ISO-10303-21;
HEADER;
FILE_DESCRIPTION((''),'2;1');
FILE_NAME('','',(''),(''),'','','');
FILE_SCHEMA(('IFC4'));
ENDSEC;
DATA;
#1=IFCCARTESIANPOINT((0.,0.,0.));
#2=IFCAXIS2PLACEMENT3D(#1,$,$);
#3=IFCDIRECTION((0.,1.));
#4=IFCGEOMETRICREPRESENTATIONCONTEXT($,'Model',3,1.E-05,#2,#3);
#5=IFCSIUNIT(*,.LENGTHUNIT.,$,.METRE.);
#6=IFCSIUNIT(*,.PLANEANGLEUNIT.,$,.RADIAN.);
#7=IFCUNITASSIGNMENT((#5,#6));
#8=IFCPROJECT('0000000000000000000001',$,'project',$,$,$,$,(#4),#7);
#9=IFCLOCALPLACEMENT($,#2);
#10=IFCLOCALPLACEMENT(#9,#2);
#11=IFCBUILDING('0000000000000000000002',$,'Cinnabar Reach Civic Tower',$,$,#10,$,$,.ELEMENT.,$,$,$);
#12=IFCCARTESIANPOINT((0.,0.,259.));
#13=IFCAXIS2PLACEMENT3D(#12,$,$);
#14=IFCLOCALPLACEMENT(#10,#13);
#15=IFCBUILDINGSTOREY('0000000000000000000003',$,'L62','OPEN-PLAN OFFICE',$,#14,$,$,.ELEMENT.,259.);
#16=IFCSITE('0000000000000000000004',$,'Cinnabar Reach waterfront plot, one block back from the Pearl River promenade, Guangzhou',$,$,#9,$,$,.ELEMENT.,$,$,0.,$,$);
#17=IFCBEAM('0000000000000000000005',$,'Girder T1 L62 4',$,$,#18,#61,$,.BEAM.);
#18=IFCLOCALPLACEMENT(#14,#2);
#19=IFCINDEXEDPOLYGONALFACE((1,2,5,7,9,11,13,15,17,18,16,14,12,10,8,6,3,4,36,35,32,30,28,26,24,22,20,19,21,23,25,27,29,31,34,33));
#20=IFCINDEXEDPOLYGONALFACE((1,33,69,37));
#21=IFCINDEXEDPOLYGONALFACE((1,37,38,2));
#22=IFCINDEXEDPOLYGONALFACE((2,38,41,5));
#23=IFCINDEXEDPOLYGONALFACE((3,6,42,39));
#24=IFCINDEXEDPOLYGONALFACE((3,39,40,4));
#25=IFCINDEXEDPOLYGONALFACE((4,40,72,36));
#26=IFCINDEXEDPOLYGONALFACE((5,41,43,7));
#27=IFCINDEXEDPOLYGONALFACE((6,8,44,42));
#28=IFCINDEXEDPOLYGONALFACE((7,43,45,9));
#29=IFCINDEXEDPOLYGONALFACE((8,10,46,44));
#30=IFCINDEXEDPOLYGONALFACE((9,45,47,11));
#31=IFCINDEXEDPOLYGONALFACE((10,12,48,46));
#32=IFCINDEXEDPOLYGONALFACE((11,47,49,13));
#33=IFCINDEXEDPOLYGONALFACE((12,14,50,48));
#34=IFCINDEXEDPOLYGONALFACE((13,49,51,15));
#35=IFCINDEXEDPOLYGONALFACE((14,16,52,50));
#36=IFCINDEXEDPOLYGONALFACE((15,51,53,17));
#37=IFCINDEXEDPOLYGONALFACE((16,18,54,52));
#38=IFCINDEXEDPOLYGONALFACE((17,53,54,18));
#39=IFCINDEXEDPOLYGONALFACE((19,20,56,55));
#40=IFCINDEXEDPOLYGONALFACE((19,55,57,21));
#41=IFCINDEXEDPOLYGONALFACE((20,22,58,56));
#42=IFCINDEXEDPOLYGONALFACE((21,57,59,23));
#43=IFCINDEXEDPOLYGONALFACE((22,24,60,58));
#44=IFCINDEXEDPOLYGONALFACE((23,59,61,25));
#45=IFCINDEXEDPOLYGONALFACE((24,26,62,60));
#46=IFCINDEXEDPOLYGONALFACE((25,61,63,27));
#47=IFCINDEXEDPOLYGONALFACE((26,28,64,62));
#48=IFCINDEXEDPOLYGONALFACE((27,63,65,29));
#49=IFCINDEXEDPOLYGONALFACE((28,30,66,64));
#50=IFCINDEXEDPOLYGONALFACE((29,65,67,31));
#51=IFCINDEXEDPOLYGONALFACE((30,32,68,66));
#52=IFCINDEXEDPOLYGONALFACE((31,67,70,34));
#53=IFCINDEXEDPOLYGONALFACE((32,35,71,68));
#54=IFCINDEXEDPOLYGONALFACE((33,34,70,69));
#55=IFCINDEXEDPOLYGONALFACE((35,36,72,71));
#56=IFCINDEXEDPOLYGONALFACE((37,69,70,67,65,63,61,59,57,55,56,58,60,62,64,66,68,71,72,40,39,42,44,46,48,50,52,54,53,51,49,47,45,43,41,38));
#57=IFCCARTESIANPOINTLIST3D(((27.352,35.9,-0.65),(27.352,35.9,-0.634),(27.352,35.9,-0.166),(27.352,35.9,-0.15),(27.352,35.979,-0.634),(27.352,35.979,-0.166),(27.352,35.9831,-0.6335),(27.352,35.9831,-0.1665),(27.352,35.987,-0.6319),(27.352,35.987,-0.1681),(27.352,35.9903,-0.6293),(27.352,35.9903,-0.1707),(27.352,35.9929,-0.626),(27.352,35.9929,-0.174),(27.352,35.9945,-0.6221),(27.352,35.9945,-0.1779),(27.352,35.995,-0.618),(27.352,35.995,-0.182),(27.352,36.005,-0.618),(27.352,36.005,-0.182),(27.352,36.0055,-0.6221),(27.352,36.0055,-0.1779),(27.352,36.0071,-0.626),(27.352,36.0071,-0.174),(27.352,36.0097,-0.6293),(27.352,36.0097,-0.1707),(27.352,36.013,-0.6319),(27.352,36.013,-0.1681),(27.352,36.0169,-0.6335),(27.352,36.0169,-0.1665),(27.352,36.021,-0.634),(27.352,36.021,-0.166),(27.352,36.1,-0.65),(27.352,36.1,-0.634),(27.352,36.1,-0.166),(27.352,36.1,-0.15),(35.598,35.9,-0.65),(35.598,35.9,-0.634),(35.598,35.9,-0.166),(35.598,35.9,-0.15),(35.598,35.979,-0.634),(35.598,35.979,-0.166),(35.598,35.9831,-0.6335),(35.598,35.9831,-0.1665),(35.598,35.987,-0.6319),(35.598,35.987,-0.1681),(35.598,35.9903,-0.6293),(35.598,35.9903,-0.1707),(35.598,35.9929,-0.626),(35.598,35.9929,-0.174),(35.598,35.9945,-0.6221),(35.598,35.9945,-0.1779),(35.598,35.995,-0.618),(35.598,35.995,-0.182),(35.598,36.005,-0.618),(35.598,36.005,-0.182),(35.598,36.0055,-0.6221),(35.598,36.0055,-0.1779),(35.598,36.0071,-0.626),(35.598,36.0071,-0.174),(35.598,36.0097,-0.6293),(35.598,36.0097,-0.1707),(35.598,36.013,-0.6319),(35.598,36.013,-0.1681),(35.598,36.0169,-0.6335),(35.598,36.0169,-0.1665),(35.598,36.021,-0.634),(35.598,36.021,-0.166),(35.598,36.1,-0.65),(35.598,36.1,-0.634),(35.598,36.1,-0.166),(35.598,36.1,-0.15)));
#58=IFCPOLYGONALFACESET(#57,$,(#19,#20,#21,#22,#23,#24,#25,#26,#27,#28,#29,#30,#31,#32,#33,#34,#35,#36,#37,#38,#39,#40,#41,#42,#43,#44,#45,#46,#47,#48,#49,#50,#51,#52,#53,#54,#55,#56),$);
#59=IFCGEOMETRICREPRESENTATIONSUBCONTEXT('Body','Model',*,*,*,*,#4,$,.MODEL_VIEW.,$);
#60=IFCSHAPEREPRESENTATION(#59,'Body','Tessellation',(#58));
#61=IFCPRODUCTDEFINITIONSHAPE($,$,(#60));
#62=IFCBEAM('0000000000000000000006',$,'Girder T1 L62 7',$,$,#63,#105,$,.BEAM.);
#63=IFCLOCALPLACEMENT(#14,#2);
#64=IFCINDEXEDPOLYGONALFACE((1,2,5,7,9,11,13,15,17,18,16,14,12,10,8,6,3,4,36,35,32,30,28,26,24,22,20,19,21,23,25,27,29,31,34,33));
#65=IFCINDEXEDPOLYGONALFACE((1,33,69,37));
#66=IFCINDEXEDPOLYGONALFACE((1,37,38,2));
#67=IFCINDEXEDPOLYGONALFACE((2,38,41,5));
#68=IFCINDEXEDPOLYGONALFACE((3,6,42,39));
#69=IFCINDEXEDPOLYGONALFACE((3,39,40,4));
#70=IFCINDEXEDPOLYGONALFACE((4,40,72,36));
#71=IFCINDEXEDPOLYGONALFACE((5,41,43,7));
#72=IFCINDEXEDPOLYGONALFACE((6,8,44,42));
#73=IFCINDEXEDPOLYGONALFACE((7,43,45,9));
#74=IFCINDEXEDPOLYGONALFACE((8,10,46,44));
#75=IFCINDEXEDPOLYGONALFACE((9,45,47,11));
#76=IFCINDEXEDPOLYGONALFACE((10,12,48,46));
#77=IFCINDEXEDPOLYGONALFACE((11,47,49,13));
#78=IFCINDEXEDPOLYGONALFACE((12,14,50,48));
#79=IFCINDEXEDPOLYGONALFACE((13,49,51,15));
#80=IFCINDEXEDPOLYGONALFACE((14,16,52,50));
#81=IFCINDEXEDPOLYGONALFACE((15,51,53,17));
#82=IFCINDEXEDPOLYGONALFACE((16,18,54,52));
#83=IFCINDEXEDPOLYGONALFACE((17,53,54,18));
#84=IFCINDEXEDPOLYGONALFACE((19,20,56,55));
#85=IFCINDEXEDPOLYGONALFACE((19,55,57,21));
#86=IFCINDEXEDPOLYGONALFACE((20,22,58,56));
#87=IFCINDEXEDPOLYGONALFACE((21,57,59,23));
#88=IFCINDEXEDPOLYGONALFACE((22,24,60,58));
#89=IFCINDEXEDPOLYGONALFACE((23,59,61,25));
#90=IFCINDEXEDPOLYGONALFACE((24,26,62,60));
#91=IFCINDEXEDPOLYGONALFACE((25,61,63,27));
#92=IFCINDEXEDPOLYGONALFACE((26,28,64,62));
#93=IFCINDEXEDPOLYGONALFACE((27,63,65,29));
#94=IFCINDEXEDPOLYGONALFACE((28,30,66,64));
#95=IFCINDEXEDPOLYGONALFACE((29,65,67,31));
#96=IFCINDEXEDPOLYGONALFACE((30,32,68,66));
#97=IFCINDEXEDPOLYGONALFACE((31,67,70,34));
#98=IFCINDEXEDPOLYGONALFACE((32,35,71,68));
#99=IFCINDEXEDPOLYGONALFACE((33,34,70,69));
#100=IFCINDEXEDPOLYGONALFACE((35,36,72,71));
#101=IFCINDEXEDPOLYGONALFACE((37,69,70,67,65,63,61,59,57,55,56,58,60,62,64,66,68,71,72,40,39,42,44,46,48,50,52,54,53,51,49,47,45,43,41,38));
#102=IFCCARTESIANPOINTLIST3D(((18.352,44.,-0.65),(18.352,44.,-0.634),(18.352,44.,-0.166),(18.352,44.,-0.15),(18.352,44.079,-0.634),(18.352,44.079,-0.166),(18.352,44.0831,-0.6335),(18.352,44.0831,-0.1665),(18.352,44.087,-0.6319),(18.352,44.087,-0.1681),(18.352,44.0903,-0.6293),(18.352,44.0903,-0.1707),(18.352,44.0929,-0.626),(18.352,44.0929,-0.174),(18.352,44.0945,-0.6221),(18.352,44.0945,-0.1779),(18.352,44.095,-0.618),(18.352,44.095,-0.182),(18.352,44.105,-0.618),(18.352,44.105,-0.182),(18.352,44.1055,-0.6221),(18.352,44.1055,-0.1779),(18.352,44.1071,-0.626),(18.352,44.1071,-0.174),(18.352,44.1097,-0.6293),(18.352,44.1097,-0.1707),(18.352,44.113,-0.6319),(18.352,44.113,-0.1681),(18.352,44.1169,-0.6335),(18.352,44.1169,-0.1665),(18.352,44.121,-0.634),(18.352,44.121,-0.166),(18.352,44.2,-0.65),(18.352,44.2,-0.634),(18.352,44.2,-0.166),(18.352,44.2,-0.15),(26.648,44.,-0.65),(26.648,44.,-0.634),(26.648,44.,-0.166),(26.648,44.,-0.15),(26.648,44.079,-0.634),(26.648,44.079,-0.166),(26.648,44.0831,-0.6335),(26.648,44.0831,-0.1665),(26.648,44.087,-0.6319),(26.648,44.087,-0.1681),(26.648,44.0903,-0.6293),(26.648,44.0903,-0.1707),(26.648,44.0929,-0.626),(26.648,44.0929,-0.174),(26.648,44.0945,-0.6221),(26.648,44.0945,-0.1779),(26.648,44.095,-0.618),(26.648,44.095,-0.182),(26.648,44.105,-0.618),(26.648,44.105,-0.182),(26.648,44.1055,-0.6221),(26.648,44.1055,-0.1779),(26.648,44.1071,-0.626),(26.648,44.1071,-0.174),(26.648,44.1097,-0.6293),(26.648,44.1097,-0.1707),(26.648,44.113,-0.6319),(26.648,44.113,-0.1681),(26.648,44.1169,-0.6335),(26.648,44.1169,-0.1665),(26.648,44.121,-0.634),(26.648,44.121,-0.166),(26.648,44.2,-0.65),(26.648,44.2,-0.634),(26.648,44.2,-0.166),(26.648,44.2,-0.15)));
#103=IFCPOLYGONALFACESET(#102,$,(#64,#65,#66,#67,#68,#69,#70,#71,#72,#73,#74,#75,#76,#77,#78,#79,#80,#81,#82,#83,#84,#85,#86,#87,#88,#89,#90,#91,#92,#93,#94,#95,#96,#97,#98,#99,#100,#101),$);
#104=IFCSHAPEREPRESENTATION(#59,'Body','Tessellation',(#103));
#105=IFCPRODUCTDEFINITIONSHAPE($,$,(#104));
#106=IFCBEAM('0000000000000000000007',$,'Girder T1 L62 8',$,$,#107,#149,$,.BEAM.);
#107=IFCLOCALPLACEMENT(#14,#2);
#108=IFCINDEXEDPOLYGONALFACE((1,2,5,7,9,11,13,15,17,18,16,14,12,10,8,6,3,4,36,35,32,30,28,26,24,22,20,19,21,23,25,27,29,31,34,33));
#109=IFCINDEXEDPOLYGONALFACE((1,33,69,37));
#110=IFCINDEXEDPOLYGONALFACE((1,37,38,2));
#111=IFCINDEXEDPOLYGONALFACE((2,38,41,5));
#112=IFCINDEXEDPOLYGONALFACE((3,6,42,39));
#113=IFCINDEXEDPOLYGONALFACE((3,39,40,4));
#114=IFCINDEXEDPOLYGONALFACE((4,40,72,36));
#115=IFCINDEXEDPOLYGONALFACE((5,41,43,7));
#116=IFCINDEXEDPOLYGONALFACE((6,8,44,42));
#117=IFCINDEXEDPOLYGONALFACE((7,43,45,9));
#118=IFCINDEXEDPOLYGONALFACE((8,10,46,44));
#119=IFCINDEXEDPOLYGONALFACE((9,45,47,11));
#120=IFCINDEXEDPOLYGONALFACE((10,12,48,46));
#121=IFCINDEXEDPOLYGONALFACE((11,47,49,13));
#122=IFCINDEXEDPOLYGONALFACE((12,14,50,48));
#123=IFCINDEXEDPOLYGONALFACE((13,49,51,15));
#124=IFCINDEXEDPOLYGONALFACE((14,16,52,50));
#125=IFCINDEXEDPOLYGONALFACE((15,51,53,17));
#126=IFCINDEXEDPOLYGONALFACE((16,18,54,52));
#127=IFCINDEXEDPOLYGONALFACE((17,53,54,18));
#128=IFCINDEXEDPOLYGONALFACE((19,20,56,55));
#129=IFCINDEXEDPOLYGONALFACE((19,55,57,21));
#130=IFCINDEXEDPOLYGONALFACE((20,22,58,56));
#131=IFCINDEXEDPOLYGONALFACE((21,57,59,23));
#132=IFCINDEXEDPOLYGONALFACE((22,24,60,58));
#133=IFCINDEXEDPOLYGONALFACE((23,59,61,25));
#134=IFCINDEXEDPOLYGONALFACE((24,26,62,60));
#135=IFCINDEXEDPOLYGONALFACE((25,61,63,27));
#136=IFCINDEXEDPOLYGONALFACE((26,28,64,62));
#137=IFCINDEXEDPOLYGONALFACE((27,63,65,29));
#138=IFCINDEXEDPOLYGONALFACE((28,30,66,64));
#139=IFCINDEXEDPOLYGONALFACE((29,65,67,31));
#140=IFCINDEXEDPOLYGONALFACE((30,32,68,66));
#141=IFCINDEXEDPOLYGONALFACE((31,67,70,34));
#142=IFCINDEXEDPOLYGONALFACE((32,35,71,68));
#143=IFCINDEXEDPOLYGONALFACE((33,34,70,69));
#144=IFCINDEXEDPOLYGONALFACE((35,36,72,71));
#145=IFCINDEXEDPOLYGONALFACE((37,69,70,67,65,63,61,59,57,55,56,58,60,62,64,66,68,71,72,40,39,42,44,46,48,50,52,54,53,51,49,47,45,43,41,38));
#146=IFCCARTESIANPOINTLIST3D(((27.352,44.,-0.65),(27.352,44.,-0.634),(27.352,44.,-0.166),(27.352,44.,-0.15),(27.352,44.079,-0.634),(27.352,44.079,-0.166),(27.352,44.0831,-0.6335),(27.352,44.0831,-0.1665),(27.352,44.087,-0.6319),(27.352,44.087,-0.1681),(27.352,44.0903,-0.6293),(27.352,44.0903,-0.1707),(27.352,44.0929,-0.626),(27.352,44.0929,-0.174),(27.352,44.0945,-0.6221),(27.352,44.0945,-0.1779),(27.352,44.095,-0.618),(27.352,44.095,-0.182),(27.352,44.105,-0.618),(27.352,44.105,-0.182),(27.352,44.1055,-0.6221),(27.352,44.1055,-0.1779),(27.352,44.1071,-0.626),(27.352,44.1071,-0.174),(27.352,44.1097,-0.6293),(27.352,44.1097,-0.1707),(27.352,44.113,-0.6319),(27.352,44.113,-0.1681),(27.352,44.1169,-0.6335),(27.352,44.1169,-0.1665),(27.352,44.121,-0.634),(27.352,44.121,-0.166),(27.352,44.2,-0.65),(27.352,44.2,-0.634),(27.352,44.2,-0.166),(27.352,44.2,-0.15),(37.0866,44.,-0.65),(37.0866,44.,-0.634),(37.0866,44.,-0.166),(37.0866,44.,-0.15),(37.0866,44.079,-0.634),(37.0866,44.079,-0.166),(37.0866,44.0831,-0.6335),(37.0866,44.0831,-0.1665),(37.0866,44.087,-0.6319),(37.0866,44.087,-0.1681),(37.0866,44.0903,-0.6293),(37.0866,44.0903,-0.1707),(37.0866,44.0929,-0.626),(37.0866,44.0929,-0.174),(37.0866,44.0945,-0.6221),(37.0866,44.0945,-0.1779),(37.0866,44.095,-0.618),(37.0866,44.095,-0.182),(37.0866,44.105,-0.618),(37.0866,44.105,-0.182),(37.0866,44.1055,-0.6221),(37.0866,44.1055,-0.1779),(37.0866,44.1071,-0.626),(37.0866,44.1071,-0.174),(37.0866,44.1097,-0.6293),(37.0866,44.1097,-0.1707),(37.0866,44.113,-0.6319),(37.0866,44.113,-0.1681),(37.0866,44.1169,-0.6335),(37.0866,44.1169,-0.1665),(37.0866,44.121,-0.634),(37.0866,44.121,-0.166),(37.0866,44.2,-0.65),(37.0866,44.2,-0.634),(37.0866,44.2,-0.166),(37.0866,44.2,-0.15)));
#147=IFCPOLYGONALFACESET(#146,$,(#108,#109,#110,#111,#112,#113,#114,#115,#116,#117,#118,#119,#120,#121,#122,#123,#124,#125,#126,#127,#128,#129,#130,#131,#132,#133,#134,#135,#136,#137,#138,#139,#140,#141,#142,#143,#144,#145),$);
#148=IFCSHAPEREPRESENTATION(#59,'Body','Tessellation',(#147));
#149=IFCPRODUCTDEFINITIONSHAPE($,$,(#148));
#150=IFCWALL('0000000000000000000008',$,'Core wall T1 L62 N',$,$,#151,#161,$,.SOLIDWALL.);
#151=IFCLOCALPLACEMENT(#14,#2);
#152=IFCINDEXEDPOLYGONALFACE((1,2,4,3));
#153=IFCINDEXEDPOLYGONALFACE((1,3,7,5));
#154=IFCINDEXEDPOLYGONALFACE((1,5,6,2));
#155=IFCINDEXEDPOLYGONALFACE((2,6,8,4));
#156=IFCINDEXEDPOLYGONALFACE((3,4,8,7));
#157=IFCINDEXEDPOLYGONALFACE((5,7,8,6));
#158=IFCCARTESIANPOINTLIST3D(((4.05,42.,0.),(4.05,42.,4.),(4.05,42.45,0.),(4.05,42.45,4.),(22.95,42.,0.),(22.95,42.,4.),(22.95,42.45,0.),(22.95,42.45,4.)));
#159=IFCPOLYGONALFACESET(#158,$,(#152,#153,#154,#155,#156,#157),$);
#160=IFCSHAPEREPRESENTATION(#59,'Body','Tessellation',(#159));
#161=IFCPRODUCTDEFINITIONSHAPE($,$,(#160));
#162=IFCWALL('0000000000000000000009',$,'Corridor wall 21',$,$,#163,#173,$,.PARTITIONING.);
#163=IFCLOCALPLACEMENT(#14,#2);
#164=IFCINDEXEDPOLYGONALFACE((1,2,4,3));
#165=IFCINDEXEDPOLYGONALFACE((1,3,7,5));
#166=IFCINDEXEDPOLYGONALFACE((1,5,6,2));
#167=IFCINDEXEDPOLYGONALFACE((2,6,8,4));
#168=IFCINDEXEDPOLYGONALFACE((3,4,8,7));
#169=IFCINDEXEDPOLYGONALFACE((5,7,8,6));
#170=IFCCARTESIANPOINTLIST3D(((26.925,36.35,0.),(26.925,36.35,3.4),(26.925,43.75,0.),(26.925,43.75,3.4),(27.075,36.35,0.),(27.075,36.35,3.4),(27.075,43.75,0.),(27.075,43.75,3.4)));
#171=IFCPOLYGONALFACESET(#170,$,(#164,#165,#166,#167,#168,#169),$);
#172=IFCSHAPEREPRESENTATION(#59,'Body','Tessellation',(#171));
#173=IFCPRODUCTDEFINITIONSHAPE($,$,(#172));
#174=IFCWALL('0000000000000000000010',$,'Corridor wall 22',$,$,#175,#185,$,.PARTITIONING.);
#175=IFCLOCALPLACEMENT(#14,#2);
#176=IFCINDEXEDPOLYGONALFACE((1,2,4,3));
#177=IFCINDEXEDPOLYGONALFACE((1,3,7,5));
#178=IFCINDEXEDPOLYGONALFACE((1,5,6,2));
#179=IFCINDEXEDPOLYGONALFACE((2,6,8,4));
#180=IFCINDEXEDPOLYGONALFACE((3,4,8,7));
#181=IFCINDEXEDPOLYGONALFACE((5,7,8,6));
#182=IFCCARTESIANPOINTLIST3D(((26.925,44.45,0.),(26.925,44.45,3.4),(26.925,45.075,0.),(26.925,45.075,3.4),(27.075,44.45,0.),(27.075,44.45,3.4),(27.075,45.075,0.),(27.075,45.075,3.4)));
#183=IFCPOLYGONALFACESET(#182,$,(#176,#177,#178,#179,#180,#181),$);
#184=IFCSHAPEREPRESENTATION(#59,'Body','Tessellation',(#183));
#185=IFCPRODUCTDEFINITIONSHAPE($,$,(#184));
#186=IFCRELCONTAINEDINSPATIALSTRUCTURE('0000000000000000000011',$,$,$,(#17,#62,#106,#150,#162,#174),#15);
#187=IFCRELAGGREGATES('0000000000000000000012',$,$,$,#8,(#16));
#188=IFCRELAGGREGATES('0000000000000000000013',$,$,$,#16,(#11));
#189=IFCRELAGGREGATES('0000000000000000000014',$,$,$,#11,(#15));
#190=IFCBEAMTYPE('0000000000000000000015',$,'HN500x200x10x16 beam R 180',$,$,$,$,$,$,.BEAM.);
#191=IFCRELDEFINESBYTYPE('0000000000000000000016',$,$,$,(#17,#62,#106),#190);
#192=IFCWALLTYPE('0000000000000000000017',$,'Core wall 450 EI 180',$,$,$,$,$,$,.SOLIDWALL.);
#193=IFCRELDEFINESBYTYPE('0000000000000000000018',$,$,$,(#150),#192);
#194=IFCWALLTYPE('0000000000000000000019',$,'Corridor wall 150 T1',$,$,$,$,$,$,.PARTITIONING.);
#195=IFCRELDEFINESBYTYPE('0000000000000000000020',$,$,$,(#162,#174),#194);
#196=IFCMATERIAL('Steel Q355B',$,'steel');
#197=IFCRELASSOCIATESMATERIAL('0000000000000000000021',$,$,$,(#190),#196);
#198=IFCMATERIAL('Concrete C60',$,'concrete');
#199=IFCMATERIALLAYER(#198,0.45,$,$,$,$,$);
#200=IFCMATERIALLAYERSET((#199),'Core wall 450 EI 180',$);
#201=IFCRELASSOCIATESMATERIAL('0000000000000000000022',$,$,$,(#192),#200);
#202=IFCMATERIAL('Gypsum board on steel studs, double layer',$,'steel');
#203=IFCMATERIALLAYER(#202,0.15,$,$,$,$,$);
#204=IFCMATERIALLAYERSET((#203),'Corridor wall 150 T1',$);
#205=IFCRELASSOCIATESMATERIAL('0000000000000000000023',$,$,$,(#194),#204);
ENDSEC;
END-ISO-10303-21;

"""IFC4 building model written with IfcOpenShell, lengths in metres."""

from ifc_helpers import new_model, si_unit, direction, frame, frame_2d, origin, origin_2d, place, context, subcontext, project, spatial, rectangle, i_section, extrude, material, layer, layer_set, material_profile, profile_set, type_object, element, save


model = new_model("IFC4")

# Units and contexts
model_context = context("Model", 3, precision=1e-05, world=origin(), true_north=direction((0.0, 1.0)))
body_context = subcontext(model_context, "Body", "Model", "MODEL_VIEW")
ifc_project = project(units=[si_unit("LENGTHUNIT", "METRE"), si_unit("PLANEANGLEUNIT", "RADIAN")], contexts=[model_context])

# Site, building, storey
site_placement = place(None, origin())
site = spatial("IfcSite", under=ifc_project, at=site_placement, Name="Cinnabar Reach waterfront plot, one block back from the Pearl River promenade, Guangzhou", CompositionType="ELEMENT", RefElevation=0.0)
building_placement = place(site_placement, origin())
building = spatial("IfcBuilding", under=site, at=building_placement, Name="Cinnabar Reach Civic Tower", CompositionType="ELEMENT")
storey_placement = place(building_placement, frame((0.0, 0.0, 259.0)))
storey = spatial("IfcBuildingStorey", under=building, at=storey_placement, Name="L62", Description="OPEN-PLAN OFFICE", CompositionType="ELEMENT", Elevation=259.0)

# Shared definitions
ifc_material_1 = material(Name="Concrete C60", Category="concrete")

# Beams
ifc_material_2 = material(Name="Steel Q355B", Category="steel")
ifc_material_profile_1 = material_profile(ifc_material_2, i_section(OverallWidth=0.2, OverallDepth=0.5, WebThickness=0.01, FlangeThickness=0.016, FilletRadius=0.016, at=origin_2d()), Name="HN500x200x10x16")
ifc_profile_set_1 = profile_set([ifc_material_profile_1], Name="Steel Q355B")
beam_type_1 = type_object("IfcBeamType", Name="HN500x200x10x16 beam R 180", PredefinedType="BEAM", material=ifc_profile_set_1)
beam_1_placement = place(storey_placement, frame((27.352, 36.0, -0.4), z_axis=(1.0, 0.0, 0.0), x_axis=(0.0, 1.0, 0.0)))
element("IfcBeam", 1, at=beam_1_placement, inside=storey, type_object=beam_type_1, Name="Girder T1 L62 4", PredefinedType="BEAM", context=body_context, shape_type="SweptSolid", body=[
    extrude(i_section(OverallWidth=0.2, OverallDepth=0.5, WebThickness=0.01, FlangeThickness=0.016, FilletRadius=0.016, at=origin_2d()), origin(), (0.0, 0.0, 1.0), 8.246),
])
beam_2_placement = place(storey_placement, frame((18.352, 44.1, -0.4), z_axis=(1.0, 0.0, 0.0), x_axis=(0.0, 1.0, 0.0)))
element("IfcBeam", 2, at=beam_2_placement, inside=storey, type_object=beam_type_1, Name="Girder T1 L62 7", PredefinedType="BEAM", context=body_context, shape_type="SweptSolid", body=[
    extrude(i_section(OverallWidth=0.2, OverallDepth=0.5, WebThickness=0.01, FlangeThickness=0.016, FilletRadius=0.016, at=origin_2d()), origin(), (0.0, 0.0, 1.0), 8.296),
])
beam_3_placement = place(storey_placement, frame((27.352, 44.1, -0.4), z_axis=(1.0, 0.0, 0.0), x_axis=(0.0, 1.0, 0.0)))
element("IfcBeam", 3, at=beam_3_placement, inside=storey, type_object=beam_type_1, Name="Girder T1 L62 8", PredefinedType="BEAM", context=body_context, shape_type="SweptSolid", body=[
    extrude(i_section(OverallWidth=0.2, OverallDepth=0.5, WebThickness=0.01, FlangeThickness=0.016, FilletRadius=0.016, at=origin_2d()), origin(), (0.0, 0.0, 1.0), 9.7346),
])

# Walls
ifc_layer_1 = layer(ifc_material_1, 0.45)
ifc_layer_set_1 = layer_set([ifc_layer_1], Name="Core wall 450 EI 180")
wall_type_1 = type_object("IfcWallType", Name="Core wall 450 EI 180", PredefinedType="SOLIDWALL", material=ifc_layer_set_1)
wall_1_placement = place(storey_placement, frame((22.95, 42.225, 0.0), z_axis=(0.0, 0.0, 1.0), x_axis=(-1.0, 0.0, 0.0)))
element("IfcWall", 4, at=wall_1_placement, inside=storey, type_object=wall_type_1, Name="Core wall T1 L62 N", PredefinedType="SOLIDWALL", context=body_context, shape_type="SweptSolid", body=[
    extrude(rectangle(XDim=18.9, YDim=0.45, at=frame_2d((9.45, 0.0))), origin(), (0.0, 0.0, 1.0), 4.0),
])
ifc_material_3 = material(Name="Gypsum board on steel studs, double layer", Category="steel")
ifc_layer_2 = layer(ifc_material_3, 0.15)
ifc_layer_set_2 = layer_set([ifc_layer_2], Name="Corridor wall 150 T1")
wall_type_2 = type_object("IfcWallType", Name="Corridor wall 150 T1", PredefinedType="PARTITIONING", material=ifc_layer_set_2)
wall_2_placement = place(storey_placement, frame((27.0, 36.35, 0.0), z_axis=(0.0, 0.0, 1.0), x_axis=(0.0, 1.0, 0.0)))
element("IfcWall", 5, at=wall_2_placement, inside=storey, type_object=wall_type_2, Name="Corridor wall 21", PredefinedType="PARTITIONING", context=body_context, shape_type="SweptSolid", body=[
    extrude(rectangle(XDim=7.4, YDim=0.15, at=frame_2d((3.7, 0.0))), origin(), (0.0, 0.0, 1.0), 3.4),
])
wall_3_placement = place(storey_placement, frame((27.0, 44.45, 0.0), z_axis=(0.0, 0.0, 1.0), x_axis=(0.0, 1.0, 0.0)))
element("IfcWall", 6, at=wall_3_placement, inside=storey, type_object=wall_type_2, Name="Corridor wall 22", PredefinedType="PARTITIONING", context=body_context, shape_type="SweptSolid", body=[
    extrude(rectangle(XDim=0.625, YDim=0.15, at=frame_2d((0.3125, 0.0))), origin(), (0.0, 0.0, 1.0), 3.4),
])

save(model, "model.ifc")
